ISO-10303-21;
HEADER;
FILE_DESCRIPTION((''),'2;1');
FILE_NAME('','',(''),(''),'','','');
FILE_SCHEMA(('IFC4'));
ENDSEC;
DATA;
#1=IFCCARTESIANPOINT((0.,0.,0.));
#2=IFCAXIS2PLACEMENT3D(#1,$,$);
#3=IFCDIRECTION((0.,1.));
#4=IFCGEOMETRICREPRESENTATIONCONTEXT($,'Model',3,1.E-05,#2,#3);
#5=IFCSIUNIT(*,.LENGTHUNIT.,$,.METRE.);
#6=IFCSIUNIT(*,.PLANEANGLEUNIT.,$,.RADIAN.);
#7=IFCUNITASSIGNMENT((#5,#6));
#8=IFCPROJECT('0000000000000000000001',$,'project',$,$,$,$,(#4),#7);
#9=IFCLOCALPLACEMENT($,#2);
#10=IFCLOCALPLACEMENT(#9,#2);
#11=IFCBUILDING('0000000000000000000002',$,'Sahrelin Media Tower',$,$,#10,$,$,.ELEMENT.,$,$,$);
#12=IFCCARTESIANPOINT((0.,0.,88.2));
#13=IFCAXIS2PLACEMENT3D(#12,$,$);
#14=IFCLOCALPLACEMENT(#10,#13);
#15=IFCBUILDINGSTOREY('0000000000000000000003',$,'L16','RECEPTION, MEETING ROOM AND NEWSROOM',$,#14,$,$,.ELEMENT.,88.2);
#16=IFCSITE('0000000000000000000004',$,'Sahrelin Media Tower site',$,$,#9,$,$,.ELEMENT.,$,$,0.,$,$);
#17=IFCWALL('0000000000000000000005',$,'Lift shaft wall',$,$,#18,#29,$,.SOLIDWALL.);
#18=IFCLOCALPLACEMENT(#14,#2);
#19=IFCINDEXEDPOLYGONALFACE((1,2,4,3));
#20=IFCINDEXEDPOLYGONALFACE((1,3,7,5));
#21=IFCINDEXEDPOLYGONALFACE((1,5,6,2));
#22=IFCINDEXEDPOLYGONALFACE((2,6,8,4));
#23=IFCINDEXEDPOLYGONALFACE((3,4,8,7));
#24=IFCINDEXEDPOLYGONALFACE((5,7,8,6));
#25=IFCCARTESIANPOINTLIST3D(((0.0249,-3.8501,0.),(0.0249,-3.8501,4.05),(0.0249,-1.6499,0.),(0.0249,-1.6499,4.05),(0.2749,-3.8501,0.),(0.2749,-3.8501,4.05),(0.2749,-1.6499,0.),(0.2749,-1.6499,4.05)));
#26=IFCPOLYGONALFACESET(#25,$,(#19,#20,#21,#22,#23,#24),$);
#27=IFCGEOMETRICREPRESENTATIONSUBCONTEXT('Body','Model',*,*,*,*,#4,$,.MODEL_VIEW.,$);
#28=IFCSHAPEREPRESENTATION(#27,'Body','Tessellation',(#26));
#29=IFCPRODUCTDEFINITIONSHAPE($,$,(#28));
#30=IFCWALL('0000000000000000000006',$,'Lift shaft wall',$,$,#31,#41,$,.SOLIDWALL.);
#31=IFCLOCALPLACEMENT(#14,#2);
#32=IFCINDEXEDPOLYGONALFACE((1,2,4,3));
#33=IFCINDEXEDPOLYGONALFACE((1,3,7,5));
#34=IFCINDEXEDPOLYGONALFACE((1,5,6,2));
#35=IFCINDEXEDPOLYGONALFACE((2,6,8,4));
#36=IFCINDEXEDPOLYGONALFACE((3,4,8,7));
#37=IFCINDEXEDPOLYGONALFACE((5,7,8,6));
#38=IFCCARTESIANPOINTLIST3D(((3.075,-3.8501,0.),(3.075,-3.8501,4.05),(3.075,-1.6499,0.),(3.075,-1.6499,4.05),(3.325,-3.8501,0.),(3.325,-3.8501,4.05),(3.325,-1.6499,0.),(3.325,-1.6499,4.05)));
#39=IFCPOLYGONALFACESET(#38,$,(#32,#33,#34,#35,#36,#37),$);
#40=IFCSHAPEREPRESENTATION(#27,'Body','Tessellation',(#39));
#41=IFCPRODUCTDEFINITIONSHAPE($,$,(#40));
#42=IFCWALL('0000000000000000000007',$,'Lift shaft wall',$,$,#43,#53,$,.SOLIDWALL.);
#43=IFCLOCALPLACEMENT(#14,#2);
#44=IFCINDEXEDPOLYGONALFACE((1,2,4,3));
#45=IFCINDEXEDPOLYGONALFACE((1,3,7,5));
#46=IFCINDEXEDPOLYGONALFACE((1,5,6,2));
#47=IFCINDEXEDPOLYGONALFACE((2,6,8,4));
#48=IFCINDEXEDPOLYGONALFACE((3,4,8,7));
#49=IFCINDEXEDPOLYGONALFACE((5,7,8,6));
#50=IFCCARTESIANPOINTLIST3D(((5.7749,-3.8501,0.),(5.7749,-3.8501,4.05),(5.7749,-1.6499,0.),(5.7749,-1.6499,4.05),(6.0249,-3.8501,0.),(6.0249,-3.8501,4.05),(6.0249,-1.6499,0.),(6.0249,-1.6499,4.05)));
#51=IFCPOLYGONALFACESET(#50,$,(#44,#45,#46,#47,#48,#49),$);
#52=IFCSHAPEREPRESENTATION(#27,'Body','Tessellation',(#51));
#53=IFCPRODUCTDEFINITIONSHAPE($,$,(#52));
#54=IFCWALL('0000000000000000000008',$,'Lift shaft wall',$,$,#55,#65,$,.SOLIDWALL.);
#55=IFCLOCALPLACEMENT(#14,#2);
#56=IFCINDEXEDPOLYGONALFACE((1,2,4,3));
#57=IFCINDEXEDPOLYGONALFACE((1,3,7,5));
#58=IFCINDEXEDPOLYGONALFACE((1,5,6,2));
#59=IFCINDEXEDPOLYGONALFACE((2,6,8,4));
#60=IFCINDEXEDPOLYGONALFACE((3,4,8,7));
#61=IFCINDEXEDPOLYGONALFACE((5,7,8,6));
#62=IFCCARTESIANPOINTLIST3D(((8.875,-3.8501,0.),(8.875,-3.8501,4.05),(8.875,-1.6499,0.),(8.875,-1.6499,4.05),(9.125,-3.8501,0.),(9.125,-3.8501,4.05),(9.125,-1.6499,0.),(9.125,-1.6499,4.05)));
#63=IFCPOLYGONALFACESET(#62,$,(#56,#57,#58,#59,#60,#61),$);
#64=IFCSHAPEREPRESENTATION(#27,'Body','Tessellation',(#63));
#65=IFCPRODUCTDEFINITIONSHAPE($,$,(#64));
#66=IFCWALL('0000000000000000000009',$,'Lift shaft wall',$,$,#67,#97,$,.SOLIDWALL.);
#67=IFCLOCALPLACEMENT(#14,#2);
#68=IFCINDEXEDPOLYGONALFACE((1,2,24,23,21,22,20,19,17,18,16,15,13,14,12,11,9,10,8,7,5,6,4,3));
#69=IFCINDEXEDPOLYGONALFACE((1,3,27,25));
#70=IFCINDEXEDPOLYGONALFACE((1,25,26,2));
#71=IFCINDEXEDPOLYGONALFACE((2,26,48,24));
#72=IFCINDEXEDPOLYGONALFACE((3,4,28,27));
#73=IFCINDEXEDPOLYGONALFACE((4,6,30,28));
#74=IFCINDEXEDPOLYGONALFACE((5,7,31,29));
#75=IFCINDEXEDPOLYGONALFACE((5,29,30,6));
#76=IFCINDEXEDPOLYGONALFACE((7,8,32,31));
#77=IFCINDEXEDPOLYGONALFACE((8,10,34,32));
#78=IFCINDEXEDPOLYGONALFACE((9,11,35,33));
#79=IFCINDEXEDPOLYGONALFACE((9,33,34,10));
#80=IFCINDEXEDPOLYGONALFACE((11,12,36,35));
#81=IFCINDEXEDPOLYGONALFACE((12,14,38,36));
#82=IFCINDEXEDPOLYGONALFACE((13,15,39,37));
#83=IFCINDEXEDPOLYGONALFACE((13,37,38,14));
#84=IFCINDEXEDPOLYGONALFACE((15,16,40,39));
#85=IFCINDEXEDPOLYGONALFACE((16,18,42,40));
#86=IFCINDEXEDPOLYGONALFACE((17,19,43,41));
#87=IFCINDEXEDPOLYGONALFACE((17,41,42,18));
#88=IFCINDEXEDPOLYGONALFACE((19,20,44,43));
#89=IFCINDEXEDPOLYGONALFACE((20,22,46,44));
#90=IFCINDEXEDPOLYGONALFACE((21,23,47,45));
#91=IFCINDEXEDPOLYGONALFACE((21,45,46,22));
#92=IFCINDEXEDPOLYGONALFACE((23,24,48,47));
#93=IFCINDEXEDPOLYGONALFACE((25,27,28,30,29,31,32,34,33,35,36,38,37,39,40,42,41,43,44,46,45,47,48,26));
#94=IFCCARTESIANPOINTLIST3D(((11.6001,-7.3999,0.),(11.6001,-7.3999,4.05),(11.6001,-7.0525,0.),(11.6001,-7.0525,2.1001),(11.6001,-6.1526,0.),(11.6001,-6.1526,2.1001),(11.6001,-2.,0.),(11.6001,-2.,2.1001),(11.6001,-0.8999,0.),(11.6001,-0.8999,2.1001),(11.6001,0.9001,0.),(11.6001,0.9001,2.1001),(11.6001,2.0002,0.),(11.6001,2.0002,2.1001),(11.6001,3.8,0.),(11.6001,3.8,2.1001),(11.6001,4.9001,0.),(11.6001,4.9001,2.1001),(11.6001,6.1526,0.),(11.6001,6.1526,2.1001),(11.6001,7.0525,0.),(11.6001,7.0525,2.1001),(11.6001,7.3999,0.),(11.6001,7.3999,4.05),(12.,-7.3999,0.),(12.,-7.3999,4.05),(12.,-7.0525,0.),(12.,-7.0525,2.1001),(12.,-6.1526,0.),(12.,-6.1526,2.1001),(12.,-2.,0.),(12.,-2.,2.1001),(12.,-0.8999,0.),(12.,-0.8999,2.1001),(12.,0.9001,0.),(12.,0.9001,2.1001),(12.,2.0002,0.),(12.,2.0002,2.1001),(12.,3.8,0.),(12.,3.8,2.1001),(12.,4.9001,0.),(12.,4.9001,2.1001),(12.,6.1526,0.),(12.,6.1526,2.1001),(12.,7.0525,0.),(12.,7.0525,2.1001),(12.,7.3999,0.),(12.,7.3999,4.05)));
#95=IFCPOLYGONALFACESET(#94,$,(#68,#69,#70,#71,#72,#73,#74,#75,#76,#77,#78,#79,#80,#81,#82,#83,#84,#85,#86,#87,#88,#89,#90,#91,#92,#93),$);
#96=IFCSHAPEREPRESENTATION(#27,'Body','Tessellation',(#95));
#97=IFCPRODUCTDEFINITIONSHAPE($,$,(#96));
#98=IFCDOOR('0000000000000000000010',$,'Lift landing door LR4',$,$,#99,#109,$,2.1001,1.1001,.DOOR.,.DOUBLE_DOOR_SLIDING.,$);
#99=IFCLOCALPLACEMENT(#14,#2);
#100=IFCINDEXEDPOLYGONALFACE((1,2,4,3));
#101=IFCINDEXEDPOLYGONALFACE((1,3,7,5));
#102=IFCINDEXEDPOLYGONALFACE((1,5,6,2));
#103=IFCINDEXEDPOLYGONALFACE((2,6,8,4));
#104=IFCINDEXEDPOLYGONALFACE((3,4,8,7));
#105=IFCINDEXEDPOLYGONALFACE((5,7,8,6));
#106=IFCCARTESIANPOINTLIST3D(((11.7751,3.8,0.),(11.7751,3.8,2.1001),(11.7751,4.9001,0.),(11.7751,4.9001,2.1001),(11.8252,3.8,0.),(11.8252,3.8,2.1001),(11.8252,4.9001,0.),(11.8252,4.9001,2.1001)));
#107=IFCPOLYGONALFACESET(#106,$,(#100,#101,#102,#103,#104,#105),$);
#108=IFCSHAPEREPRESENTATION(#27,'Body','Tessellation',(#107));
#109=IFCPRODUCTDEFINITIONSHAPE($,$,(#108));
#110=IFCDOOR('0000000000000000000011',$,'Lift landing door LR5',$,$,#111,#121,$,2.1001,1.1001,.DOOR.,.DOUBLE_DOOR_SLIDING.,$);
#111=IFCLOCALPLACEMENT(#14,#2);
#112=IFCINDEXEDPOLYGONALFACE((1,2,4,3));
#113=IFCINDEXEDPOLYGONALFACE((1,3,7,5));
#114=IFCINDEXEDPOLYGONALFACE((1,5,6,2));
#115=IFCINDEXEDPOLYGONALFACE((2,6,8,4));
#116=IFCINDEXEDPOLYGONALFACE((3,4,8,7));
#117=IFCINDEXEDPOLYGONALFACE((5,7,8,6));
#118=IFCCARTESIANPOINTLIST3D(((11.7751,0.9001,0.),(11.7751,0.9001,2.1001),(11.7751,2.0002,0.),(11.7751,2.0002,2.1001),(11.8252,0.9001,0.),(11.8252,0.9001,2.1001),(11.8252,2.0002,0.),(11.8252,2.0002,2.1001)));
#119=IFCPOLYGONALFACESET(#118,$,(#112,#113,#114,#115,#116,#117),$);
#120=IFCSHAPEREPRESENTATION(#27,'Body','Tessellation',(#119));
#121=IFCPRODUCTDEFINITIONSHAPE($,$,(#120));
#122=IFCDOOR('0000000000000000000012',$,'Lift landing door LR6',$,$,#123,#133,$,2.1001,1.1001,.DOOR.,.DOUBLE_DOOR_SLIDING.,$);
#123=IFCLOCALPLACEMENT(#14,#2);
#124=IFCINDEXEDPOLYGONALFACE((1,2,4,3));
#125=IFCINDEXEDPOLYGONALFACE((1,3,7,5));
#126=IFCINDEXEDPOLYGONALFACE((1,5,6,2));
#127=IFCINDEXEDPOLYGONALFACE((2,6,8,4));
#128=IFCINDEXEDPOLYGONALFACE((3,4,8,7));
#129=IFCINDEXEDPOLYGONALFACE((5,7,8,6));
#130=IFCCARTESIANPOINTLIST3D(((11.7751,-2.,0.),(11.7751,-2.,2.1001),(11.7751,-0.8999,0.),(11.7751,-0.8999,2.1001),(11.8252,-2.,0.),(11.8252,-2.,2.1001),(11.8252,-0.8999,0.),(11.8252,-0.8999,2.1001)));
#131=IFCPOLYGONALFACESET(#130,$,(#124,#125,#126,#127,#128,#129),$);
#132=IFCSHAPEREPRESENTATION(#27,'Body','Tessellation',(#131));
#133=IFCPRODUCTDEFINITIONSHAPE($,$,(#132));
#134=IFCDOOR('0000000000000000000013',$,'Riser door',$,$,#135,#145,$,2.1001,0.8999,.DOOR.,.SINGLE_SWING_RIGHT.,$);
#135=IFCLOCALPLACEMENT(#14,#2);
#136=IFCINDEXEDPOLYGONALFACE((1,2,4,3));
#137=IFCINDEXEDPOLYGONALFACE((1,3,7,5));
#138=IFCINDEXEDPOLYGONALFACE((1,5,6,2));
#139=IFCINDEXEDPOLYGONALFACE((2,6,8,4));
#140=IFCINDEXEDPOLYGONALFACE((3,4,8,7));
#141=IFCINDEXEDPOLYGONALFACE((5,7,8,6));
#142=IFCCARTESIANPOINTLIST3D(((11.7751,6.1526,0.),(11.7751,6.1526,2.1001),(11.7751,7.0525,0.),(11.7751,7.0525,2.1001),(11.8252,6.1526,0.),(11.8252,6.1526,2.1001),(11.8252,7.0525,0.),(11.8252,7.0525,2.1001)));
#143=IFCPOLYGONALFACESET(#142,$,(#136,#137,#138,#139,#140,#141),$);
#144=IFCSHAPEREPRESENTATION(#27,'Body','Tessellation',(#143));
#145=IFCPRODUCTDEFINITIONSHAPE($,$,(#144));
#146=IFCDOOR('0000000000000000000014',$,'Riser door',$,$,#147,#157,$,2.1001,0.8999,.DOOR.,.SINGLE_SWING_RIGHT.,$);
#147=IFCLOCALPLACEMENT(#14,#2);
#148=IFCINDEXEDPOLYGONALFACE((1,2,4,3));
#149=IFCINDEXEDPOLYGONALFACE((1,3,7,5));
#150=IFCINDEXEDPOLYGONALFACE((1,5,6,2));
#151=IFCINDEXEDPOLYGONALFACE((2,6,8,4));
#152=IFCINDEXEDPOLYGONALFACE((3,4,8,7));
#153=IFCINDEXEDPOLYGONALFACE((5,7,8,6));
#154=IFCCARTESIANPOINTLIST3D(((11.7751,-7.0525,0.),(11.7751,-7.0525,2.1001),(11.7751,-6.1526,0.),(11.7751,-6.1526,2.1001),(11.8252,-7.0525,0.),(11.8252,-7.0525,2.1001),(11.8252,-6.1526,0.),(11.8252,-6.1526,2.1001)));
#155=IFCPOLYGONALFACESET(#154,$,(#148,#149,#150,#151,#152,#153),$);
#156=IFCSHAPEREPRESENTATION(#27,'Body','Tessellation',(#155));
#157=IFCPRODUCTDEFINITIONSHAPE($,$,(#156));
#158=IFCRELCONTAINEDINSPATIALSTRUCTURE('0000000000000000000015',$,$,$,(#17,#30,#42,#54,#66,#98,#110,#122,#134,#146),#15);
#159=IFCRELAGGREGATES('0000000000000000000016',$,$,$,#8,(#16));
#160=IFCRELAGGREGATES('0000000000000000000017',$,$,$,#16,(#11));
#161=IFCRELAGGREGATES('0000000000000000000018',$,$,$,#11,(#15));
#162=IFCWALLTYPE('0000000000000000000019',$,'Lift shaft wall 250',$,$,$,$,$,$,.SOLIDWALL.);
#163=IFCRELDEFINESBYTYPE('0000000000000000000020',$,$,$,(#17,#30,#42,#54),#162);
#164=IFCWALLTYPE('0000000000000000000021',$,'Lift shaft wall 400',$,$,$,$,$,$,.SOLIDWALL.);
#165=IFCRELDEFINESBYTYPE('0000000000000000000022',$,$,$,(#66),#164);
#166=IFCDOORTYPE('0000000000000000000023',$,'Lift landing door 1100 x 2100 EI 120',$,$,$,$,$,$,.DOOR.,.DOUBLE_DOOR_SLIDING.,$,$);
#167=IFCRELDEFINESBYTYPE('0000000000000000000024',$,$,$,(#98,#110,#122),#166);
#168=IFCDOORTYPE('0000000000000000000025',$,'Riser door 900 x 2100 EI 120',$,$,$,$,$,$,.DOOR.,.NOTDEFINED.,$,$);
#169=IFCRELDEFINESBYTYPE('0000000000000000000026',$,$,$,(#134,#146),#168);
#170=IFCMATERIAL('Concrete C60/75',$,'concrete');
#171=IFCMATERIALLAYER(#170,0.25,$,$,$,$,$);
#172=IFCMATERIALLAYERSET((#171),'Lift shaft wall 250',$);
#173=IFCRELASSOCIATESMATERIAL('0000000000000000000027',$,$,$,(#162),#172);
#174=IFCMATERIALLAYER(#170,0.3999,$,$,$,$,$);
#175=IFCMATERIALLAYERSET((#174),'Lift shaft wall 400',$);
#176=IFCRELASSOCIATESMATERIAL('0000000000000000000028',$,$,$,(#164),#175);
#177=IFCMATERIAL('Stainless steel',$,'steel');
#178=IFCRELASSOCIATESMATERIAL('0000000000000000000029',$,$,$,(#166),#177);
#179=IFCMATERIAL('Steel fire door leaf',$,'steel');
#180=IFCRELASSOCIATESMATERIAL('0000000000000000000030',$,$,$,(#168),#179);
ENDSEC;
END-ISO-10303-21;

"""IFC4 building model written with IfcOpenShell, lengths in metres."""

from ifc_helpers import new_model, si_unit, direction, frame, frame_2d, origin, place, context, subcontext, project, spatial, rectangle, extrude, material, layer, layer_set, type_object, element, fill, save


model = new_model("IFC4")

# Units and contexts
model_context = context("Model", 3, precision=1e-05, world=origin(), true_north=direction((0.0, 1.0)))
body_context = subcontext(model_context, "Body", "Model", "MODEL_VIEW")
ifc_project = project(units=[si_unit("LENGTHUNIT", "METRE"), si_unit("PLANEANGLEUNIT", "RADIAN")], contexts=[model_context])

# Site, building, storey
site_placement = place(None, origin())
site = spatial("IfcSite", under=ifc_project, at=site_placement, Name="Sahrelin Media Tower site", CompositionType="ELEMENT", RefElevation=0.0)
building_placement = place(site_placement, origin())
building = spatial("IfcBuilding", under=site, at=building_placement, Name="Sahrelin Media Tower", CompositionType="ELEMENT")
storey_placement = place(building_placement, frame((0.0, 0.0, 88.2)))
storey = spatial("IfcBuildingStorey", under=building, at=storey_placement, Name="L16", Description="RECEPTION, MEETING ROOM AND NEWSROOM", CompositionType="ELEMENT", Elevation=88.2)

# Walls
ifc_material_1 = material(Name="Concrete C60/75", Category="concrete")
ifc_layer_1 = layer(ifc_material_1, 0.25)
ifc_layer_set_1 = layer_set([ifc_layer_1], Name="Lift shaft wall 250")
wall_type_1 = type_object("IfcWallType", Name="Lift shaft wall 250", PredefinedType="SOLIDWALL", material=ifc_layer_set_1)
for number, where, z_axis, x_axis, name in (
    (1, (0.1499, -3.8501, 0.0), (0.0, 0.0, 1.0), (0.0, 1.0, 0.0), "Lift shaft wall"),
    (2, (3.2, -3.8501, 0.0), (0.0, 0.0, 1.0), (0.0, 1.0, 0.0), "Lift shaft wall"),
    (3, (5.8999, -3.8501, 0.0), (0.0, 0.0, 1.0), (0.0, 1.0, 0.0), "Lift shaft wall"),
    (4, (9.0, -3.8501, 0.0), (0.0, 0.0, 1.0), (0.0, 1.0, 0.0), "Lift shaft wall"),
):
    element("IfcWall", number, at=place(storey_placement, frame(where, z_axis=z_axis, x_axis=x_axis)), inside=storey, type_object=wall_type_1, Name=name, PredefinedType="SOLIDWALL", context=body_context, shape_type="SweptSolid", body=[
        extrude(rectangle(XDim=2.2002, YDim=0.25, at=frame_2d((1.1001, 0.0))), origin(), (0.0, 0.0, 1.0), 4.05),
    ])

# Wall, openings, doors
ifc_layer_2 = layer(ifc_material_1, 0.3999)
ifc_layer_set_2 = layer_set([ifc_layer_2], Name="Lift shaft wall 400")
wall_type_2 = type_object("IfcWallType", Name="Lift shaft wall 400", PredefinedType="SOLIDWALL", material=ifc_layer_set_2)
wall_1_placement = place(storey_placement, frame((11.8, -7.3999, 0.0), z_axis=(0.0, 0.0, 1.0), x_axis=(0.0, 1.0, 0.0)))
wall_1 = element("IfcWall", 5, at=wall_1_placement, inside=storey, type_object=wall_type_2, Name="Lift shaft wall", PredefinedType="SOLIDWALL", context=body_context, shape_type="SweptSolid", body=[
    extrude(rectangle(XDim=14.7998, YDim=0.3999, at=frame_2d((7.3999, 0.0))), origin(), (0.0, 0.0, 1.0), 4.05),
])
opening_1_placement = place(wall_1_placement, frame((11.2, 0.0, 0.0)))
opening_1 = element("IfcOpeningElement", 6, at=opening_1_placement, cuts=wall_1, PredefinedType="OPENING", context=body_context, shape_type="SweptSolid", body=[
    extrude(rectangle(XDim=1.1001, YDim=2.1001, at=frame_2d((0.55, 1.05))), frame((0.0, 0.2, 0.0), z_axis=(0.0, -1.0, 0.0), x_axis=(1.0, 0.0, 0.0)), (0.0, 0.0, 1.0), 0.3999),
])
opening_2_placement = place(wall_1_placement, frame((8.3, 0.0, 0.0)))
opening_2 = element("IfcOpeningElement", 7, at=opening_2_placement, cuts=wall_1, PredefinedType="OPENING", context=body_context, shape_type="SweptSolid", body=[
    extrude(rectangle(XDim=1.1001, YDim=2.1001, at=frame_2d((0.55, 1.05))), frame((0.0, 0.2, 0.0), z_axis=(0.0, -1.0, 0.0), x_axis=(1.0, 0.0, 0.0)), (0.0, 0.0, 1.0), 0.3999),
])
opening_3_placement = place(wall_1_placement, frame((5.3999, 0.0, 0.0)))
opening_3 = element("IfcOpeningElement", 8, at=opening_3_placement, cuts=wall_1, PredefinedType="OPENING", context=body_context, shape_type="SweptSolid", body=[
    extrude(rectangle(XDim=1.1001, YDim=2.1001, at=frame_2d((0.55, 1.05))), frame((0.0, 0.2, 0.0), z_axis=(0.0, -1.0, 0.0), x_axis=(1.0, 0.0, 0.0)), (0.0, 0.0, 1.0), 0.3999),
])
opening_4_placement = place(wall_1_placement, frame((13.5525, 0.0, 0.0)))
opening_4 = element("IfcOpeningElement", 9, at=opening_4_placement, cuts=wall_1, PredefinedType="OPENING", context=body_context, shape_type="SweptSolid", body=[
    extrude(rectangle(XDim=0.8999, YDim=2.1001, at=frame_2d((0.45, 1.05))), frame((0.0, 0.2, 0.0), z_axis=(0.0, -1.0, 0.0), x_axis=(1.0, 0.0, 0.0)), (0.0, 0.0, 1.0), 0.3999),
])
opening_5_placement = place(wall_1_placement, frame((0.3474, 0.0, 0.0)))
opening_5 = element("IfcOpeningElement", 10, at=opening_5_placement, cuts=wall_1, PredefinedType="OPENING", context=body_context, shape_type="SweptSolid", body=[
    extrude(rectangle(XDim=0.8999, YDim=2.1001, at=frame_2d((0.45, 1.05))), frame((0.0, 0.2, 0.0), z_axis=(0.0, -1.0, 0.0), x_axis=(1.0, 0.0, 0.0)), (0.0, 0.0, 1.0), 0.3999),
])
ifc_material_2 = material(Name="Stainless steel", Category="steel")
door_type_1 = type_object("IfcDoorType", Name="Lift landing door 1100 x 2100 EI 120", OperationType="DOUBLE_DOOR_SLIDING", PredefinedType="DOOR", material=ifc_material_2)
door_1_placement = place(opening_1_placement, origin())
door_1 = element("IfcDoor", 11, at=door_1_placement, inside=storey, type_object=door_type_1, Name="Lift landing door LR4", OperationType="DOUBLE_DOOR_SLIDING", OverallHeight=2.1001, OverallWidth=1.1001, PredefinedType="DOOR", context=body_context, shape_type="SweptSolid", body=[
    extrude(rectangle(XDim=1.1001, YDim=2.1001, at=frame_2d((0.55, 1.05))), frame((0.0, 0.0249, 0.0), z_axis=(0.0, -1.0, 0.0), x_axis=(1.0, 0.0, 0.0)), (0.0, 0.0, 1.0), 0.05),
])
fill(opening_1, door_1)
door_2_placement = place(opening_2_placement, origin())
door_2 = element("IfcDoor", 12, at=door_2_placement, inside=storey, type_object=door_type_1, Name="Lift landing door LR5", OperationType="DOUBLE_DOOR_SLIDING", OverallHeight=2.1001, OverallWidth=1.1001, PredefinedType="DOOR", context=body_context, shape_type="SweptSolid", body=[
    extrude(rectangle(XDim=1.1001, YDim=2.1001, at=frame_2d((0.55, 1.05))), frame((0.0, 0.0249, 0.0), z_axis=(0.0, -1.0, 0.0), x_axis=(1.0, 0.0, 0.0)), (0.0, 0.0, 1.0), 0.05),
])
fill(opening_2, door_2)
door_3_placement = place(opening_3_placement, origin())
door_3 = element("IfcDoor", 13, at=door_3_placement, inside=storey, type_object=door_type_1, Name="Lift landing door LR6", OperationType="DOUBLE_DOOR_SLIDING", OverallHeight=2.1001, OverallWidth=1.1001, PredefinedType="DOOR", context=body_context, shape_type="SweptSolid", body=[
    extrude(rectangle(XDim=1.1001, YDim=2.1001, at=frame_2d((0.55, 1.05))), frame((0.0, 0.0249, 0.0), z_axis=(0.0, -1.0, 0.0), x_axis=(1.0, 0.0, 0.0)), (0.0, 0.0, 1.0), 0.05),
])
fill(opening_3, door_3)
ifc_material_3 = material(Name="Steel fire door leaf", Category="steel")
door_type_2 = type_object("IfcDoorType", Name="Riser door 900 x 2100 EI 120", OperationType="NOTDEFINED", PredefinedType="DOOR", material=ifc_material_3)
door_4_placement = place(opening_4_placement, origin())
door_4 = element("IfcDoor", 14, at=door_4_placement, inside=storey, type_object=door_type_2, Name="Riser door", OperationType="SINGLE_SWING_RIGHT", OverallHeight=2.1001, OverallWidth=0.8999, PredefinedType="DOOR", context=body_context, shape_type="SweptSolid", body=[
    extrude(rectangle(XDim=0.8999, YDim=2.1001, at=frame_2d((0.45, 1.05))), frame((0.0, 0.0249, 0.0), z_axis=(0.0, -1.0, 0.0), x_axis=(1.0, 0.0, 0.0)), (0.0, 0.0, 1.0), 0.05),
])
fill(opening_4, door_4)
door_5_placement = place(opening_5_placement, origin())
door_5 = element("IfcDoor", 15, at=door_5_placement, inside=storey, type_object=door_type_2, Name="Riser door", OperationType="SINGLE_SWING_RIGHT", OverallHeight=2.1001, OverallWidth=0.8999, PredefinedType="DOOR", context=body_context, shape_type="SweptSolid", body=[
    extrude(rectangle(XDim=0.8999, YDim=2.1001, at=frame_2d((0.45, 1.05))), frame((0.0, 0.0249, 0.0), z_axis=(0.0, -1.0, 0.0), x_axis=(1.0, 0.0, 0.0)), (0.0, 0.0, 1.0), 0.05),
])
fill(opening_5, door_5)

save(model, "model.ifc")
